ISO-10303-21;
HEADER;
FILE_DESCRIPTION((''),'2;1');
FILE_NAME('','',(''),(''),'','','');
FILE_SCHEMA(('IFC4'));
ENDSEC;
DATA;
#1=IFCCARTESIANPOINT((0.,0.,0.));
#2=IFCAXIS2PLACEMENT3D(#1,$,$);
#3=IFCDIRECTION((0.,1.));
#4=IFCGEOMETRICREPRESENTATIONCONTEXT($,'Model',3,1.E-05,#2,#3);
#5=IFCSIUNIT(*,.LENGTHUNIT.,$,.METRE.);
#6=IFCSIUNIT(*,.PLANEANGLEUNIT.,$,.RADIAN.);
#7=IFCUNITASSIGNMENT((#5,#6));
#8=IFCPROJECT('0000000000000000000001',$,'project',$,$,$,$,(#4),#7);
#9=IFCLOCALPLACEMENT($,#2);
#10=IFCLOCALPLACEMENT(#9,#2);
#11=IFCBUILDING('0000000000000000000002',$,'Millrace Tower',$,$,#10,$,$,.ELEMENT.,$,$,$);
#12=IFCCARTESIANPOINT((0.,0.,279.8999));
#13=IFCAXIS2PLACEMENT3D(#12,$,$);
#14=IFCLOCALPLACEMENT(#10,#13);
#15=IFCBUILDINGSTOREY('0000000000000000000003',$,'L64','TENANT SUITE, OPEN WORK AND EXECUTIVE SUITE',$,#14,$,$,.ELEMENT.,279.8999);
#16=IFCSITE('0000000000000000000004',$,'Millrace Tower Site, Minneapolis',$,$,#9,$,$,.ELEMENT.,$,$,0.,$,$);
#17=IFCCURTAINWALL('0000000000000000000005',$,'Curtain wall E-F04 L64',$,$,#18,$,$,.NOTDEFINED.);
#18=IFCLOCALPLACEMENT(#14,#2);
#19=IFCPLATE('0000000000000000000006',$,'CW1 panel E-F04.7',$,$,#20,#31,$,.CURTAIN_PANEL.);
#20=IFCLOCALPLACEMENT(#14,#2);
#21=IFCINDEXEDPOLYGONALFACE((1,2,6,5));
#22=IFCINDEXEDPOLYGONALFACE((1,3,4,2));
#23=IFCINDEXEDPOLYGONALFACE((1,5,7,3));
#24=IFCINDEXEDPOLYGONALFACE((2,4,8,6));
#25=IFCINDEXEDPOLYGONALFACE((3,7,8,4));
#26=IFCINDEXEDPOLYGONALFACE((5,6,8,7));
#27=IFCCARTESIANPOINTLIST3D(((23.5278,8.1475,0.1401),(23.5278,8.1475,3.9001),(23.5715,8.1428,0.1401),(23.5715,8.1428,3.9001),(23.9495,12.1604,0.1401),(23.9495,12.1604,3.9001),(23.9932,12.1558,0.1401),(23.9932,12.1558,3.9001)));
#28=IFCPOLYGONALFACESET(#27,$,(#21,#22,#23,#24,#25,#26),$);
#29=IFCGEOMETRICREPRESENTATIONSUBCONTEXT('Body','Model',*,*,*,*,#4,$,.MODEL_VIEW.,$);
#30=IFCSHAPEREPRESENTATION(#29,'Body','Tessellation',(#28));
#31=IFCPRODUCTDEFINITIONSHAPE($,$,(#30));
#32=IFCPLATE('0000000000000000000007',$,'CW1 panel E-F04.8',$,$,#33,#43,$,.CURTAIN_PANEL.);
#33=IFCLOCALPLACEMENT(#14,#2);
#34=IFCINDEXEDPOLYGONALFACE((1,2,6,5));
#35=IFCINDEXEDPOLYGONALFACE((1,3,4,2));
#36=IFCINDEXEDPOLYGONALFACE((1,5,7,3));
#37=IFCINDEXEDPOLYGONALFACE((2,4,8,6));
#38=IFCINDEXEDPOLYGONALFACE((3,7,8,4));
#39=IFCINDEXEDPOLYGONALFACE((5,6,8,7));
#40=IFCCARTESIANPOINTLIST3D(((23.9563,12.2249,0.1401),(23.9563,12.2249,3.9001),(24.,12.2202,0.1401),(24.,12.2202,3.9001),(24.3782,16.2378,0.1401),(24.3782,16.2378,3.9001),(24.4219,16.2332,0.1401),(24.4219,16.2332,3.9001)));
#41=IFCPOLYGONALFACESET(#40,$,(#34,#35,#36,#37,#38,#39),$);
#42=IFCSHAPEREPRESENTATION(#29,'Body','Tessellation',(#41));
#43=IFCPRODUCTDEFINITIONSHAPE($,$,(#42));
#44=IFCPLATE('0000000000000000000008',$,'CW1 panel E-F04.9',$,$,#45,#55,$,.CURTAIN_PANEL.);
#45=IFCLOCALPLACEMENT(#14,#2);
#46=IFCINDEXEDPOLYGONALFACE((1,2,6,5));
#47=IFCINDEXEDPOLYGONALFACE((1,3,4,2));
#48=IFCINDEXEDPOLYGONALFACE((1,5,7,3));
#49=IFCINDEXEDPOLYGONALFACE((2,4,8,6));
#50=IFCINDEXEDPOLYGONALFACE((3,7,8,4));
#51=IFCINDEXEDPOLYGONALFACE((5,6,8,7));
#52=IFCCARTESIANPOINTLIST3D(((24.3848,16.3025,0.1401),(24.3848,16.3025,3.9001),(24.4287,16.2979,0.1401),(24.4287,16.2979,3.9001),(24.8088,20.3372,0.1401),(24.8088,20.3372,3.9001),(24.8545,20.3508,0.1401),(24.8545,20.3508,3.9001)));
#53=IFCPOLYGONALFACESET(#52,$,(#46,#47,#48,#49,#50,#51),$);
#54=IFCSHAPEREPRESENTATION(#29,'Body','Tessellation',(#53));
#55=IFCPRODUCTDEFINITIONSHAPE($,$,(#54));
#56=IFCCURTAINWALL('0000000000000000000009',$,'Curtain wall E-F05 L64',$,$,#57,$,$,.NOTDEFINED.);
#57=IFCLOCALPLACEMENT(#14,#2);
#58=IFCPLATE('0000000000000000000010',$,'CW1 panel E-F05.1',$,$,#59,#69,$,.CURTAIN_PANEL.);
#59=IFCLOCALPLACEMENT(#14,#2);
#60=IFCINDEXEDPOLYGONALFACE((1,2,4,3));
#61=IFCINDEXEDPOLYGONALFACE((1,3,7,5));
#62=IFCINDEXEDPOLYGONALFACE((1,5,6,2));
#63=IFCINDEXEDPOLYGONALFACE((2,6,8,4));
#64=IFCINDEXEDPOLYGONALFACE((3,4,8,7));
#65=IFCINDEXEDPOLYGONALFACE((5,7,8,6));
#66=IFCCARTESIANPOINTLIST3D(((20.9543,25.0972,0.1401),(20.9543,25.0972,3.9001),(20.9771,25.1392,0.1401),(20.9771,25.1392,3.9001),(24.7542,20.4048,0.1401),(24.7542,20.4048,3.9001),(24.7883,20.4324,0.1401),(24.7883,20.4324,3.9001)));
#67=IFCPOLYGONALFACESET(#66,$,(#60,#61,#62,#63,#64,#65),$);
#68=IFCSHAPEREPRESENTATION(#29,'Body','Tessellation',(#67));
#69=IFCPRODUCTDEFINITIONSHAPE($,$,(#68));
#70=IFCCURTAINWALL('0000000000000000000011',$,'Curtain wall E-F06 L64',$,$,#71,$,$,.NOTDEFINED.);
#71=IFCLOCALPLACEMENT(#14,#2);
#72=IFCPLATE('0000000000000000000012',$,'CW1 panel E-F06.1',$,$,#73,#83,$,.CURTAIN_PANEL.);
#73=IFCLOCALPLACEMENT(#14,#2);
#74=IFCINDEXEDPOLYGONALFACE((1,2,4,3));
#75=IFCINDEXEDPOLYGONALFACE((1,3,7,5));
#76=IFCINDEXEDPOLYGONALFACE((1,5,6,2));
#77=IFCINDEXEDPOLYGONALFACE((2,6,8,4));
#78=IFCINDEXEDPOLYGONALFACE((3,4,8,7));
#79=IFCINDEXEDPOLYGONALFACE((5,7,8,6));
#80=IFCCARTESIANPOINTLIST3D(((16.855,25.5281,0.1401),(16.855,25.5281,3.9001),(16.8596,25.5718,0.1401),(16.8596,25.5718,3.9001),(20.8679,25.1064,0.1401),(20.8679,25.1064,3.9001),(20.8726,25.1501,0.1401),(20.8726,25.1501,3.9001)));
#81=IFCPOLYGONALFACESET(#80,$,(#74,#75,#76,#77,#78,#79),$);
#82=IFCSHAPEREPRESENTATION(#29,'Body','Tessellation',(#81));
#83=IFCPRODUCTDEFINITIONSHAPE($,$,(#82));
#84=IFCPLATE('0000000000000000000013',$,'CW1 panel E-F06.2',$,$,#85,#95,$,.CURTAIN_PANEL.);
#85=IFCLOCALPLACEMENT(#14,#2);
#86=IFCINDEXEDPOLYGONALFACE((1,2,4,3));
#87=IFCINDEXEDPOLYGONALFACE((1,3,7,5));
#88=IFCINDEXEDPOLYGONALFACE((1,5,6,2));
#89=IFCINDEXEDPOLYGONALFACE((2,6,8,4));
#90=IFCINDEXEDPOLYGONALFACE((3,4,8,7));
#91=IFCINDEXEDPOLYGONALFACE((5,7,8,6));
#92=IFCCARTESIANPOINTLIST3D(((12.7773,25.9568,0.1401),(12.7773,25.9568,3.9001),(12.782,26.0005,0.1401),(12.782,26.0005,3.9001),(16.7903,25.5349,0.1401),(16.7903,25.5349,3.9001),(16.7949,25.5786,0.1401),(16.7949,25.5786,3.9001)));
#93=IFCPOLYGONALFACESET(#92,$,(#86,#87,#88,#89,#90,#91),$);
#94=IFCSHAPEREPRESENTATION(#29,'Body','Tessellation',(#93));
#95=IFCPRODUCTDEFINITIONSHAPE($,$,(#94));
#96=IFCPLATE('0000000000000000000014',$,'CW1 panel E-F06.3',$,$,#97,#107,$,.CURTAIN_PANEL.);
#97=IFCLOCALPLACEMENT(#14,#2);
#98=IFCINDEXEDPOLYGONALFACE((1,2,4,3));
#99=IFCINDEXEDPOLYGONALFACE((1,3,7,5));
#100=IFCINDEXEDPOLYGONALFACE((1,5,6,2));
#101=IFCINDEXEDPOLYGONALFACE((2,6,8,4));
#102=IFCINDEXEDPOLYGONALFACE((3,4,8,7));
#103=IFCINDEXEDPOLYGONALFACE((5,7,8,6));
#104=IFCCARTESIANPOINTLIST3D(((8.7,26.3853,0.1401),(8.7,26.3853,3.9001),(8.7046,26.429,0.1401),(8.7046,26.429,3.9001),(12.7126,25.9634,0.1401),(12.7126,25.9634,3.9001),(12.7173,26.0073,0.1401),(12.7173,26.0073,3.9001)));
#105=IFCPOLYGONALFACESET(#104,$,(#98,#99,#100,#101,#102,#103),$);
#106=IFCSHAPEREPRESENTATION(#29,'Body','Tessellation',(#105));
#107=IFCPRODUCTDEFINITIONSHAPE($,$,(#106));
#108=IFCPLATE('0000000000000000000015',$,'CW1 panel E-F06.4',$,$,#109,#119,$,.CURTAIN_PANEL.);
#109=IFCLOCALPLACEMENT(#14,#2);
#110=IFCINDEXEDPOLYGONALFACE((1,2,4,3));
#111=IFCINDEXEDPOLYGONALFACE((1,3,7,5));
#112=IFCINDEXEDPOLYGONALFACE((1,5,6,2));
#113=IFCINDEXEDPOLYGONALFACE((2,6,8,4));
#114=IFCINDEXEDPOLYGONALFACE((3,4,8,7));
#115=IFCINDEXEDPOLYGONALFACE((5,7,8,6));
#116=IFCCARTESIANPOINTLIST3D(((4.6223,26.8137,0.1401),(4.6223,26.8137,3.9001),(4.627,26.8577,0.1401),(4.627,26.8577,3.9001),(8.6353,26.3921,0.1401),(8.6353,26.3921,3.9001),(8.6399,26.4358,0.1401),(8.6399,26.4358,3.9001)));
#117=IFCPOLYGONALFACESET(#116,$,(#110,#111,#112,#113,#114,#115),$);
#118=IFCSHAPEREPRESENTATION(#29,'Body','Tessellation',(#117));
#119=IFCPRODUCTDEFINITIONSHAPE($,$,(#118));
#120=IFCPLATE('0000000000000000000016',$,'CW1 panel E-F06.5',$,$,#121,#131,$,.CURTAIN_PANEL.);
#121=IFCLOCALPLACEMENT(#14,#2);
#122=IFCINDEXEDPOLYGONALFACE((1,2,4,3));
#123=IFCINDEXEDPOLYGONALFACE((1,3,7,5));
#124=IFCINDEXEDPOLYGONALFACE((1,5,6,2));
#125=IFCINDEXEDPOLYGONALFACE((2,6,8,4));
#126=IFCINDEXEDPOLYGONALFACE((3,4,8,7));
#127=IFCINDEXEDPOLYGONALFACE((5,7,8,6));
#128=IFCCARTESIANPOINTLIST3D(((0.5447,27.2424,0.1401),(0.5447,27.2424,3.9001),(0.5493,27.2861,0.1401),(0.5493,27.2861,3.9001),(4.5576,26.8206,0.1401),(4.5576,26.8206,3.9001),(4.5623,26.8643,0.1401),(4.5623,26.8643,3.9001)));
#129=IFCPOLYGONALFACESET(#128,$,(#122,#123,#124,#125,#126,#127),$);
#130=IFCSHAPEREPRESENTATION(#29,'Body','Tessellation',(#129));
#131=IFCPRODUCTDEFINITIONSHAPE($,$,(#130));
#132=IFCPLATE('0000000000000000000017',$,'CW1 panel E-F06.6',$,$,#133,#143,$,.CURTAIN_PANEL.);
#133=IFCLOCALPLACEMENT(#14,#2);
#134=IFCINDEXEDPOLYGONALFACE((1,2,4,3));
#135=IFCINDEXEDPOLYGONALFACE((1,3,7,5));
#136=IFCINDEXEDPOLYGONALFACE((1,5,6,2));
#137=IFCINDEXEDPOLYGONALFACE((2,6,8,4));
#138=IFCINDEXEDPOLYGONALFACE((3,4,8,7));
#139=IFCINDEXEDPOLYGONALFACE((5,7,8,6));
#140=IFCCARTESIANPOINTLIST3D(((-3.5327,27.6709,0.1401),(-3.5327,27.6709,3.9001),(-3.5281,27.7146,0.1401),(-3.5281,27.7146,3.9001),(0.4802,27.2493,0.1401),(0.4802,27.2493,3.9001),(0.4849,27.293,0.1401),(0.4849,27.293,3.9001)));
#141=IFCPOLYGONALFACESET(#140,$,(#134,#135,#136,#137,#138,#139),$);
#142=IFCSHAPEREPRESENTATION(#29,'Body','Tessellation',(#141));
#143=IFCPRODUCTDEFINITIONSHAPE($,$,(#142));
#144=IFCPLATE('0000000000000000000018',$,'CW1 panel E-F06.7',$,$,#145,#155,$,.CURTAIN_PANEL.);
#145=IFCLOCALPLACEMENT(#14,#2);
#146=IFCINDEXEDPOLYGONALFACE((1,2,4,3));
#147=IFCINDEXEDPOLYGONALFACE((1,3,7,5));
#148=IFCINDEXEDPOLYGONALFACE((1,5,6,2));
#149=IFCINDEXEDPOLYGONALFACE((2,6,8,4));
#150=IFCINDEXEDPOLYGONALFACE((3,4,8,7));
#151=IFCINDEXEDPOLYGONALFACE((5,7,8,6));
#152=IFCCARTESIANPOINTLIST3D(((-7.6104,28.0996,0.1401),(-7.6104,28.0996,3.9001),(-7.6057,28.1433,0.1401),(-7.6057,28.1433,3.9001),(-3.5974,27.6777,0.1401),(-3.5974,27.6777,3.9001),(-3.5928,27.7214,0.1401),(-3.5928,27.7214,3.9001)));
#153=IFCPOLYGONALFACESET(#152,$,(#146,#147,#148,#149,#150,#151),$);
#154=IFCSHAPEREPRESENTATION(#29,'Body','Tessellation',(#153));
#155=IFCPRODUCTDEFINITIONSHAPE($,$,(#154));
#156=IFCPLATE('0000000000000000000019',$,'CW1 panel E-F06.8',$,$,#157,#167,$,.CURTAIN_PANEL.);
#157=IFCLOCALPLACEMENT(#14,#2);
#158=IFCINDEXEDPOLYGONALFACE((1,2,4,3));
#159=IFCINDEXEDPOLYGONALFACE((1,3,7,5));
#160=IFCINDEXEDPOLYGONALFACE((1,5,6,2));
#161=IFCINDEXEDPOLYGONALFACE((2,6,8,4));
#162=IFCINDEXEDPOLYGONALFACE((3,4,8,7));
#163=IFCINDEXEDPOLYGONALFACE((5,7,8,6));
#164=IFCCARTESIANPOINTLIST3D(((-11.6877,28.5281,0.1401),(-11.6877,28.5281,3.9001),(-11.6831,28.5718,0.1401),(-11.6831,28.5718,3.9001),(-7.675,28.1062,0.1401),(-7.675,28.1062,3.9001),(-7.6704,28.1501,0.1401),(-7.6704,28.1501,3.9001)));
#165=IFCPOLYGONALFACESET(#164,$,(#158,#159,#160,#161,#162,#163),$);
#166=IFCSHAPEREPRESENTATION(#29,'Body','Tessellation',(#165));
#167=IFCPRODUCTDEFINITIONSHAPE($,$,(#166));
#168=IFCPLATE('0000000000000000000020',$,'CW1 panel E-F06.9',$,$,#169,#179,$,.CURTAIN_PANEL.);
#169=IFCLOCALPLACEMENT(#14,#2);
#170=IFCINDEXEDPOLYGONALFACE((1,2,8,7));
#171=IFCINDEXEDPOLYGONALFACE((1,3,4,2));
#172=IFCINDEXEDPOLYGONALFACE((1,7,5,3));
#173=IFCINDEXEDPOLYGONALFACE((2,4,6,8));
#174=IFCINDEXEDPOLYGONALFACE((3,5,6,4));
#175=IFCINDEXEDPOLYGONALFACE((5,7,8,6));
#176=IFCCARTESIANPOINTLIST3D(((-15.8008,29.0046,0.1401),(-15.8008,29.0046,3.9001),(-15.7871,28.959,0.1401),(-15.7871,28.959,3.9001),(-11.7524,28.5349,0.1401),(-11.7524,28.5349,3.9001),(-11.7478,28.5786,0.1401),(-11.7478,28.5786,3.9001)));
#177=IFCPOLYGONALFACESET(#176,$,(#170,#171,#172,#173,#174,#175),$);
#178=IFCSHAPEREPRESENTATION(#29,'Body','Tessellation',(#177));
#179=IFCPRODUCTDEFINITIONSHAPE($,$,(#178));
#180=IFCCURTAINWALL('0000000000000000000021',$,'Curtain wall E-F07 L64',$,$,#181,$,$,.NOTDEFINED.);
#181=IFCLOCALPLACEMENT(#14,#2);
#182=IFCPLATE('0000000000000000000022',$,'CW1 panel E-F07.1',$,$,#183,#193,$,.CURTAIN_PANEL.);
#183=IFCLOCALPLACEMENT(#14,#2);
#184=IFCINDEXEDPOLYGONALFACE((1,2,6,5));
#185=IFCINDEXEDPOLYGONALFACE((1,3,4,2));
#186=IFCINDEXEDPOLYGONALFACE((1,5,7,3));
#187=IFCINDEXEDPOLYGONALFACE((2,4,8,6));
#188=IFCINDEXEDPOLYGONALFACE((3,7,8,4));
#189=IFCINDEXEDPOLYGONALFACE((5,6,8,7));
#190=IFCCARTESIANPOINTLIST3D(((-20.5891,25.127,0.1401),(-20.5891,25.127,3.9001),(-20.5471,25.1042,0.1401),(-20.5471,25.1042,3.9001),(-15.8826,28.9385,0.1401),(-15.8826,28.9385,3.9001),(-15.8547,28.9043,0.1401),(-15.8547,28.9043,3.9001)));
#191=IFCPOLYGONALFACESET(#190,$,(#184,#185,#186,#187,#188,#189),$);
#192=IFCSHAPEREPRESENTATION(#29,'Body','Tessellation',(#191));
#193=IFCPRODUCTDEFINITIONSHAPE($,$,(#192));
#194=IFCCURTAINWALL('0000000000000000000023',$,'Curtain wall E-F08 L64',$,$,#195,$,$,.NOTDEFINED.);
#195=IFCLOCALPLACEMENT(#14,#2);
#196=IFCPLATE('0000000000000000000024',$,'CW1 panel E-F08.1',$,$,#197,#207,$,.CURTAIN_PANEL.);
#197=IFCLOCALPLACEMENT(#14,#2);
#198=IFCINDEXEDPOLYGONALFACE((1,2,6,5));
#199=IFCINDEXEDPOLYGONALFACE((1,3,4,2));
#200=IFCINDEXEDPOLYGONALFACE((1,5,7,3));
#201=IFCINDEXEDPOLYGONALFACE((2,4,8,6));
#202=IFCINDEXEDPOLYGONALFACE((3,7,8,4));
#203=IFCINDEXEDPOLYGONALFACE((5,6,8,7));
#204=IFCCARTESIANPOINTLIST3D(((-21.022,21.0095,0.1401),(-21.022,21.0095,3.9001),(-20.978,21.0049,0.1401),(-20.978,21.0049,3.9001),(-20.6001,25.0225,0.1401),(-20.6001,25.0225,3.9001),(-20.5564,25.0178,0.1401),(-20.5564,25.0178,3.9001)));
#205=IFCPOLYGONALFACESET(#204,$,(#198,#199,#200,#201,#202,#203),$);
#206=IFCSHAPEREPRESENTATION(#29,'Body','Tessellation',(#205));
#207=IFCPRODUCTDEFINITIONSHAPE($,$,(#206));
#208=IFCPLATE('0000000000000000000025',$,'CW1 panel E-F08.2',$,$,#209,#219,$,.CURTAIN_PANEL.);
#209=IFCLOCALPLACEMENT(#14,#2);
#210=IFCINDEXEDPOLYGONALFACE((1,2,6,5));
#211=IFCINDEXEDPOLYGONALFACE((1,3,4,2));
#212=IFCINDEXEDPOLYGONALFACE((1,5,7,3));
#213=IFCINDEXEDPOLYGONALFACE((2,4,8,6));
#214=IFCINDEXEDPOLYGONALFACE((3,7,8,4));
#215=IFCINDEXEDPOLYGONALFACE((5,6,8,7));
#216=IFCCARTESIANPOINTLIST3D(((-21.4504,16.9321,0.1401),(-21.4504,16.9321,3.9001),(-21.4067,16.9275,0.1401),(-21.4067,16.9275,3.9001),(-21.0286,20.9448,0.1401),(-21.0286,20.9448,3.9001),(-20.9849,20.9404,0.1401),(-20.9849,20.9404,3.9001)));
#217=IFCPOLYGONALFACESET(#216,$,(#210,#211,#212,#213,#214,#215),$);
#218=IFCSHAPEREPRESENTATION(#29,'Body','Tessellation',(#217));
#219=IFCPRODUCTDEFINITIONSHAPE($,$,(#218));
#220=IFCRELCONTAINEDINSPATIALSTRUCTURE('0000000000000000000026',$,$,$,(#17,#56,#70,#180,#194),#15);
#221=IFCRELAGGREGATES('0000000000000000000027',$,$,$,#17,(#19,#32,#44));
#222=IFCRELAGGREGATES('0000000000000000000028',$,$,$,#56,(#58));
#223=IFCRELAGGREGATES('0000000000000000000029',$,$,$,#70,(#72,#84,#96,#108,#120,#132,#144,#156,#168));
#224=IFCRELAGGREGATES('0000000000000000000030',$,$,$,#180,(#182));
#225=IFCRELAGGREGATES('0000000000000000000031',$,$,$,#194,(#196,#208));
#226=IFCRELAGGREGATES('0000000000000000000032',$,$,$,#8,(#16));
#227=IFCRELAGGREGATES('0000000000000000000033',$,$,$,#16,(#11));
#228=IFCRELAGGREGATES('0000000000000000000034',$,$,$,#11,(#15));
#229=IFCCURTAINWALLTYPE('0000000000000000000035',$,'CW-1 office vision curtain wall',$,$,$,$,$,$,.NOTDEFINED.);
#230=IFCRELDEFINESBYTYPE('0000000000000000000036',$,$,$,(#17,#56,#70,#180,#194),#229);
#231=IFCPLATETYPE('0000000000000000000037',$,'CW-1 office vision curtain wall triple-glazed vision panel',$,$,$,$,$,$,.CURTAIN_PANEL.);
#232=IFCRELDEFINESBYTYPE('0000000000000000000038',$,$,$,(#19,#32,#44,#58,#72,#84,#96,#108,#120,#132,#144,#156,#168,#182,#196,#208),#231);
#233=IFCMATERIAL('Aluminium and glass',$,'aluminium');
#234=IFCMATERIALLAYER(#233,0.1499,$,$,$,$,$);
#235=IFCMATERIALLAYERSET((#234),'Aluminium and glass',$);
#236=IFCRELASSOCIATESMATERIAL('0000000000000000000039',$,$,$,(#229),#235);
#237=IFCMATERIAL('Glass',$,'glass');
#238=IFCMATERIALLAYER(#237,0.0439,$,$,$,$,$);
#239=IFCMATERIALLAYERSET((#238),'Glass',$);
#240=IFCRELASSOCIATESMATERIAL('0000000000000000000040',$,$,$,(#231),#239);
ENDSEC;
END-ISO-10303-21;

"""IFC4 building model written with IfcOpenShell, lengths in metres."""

from ifc_helpers import new_model, si_unit, direction, frame, origin, place, context, subcontext, project, spatial, polyline, outline, extrude, material, layer, layer_set, type_object, element, aggregate, save


model = new_model("IFC4")

# Units and contexts
model_context = context("Model", 3, precision=1e-05, world=origin(), true_north=direction((0.0, 1.0)))
body_context = subcontext(model_context, "Body", "Model", "MODEL_VIEW")
ifc_project = project(units=[si_unit("LENGTHUNIT", "METRE"), si_unit("PLANEANGLEUNIT", "RADIAN")], contexts=[model_context])

# Site, building, storey
site_placement = place(None, origin())
site = spatial("IfcSite", under=ifc_project, at=site_placement, Name="Millrace Tower Site, Minneapolis", CompositionType="ELEMENT", RefElevation=0.0)
building_placement = place(site_placement, origin())
building = spatial("IfcBuilding", under=site, at=building_placement, Name="Millrace Tower", CompositionType="ELEMENT")
storey_placement = place(building_placement, frame((0.0, 0.0, 279.8999)))
storey = spatial("IfcBuildingStorey", under=building, at=storey_placement, Name="L64", Description="TENANT SUITE, OPEN WORK AND EXECUTIVE SUITE", CompositionType="ELEMENT", Elevation=279.8999)

# Curtain wall, plates
ifc_material_1 = material(Name="Aluminium and glass", Category="aluminium")
ifc_layer_1 = layer(ifc_material_1, 0.1499)
ifc_layer_set_1 = layer_set([ifc_layer_1], Name="Aluminium and glass")
curtain_wall_type = type_object("IfcCurtainWallType", Name="CW-1 office vision curtain wall", PredefinedType="NOTDEFINED", material=ifc_layer_set_1)
placement_1 = place(storey_placement, origin())
curtain_wall_1 = element("IfcCurtainWall", 1, at=placement_1, inside=storey, type_object=curtain_wall_type, Name="Curtain wall E-F04 L64", PredefinedType="NOTDEFINED")
ifc_material_2 = material(Name="Glass", Category="glass")
ifc_layer_2 = layer(ifc_material_2, 0.0439)
ifc_layer_set_2 = layer_set([ifc_layer_2], Name="Glass")
plate_type = type_object("IfcPlateType", Name="CW-1 office vision curtain wall triple-glazed vision panel", PredefinedType="CURTAIN_PANEL", material=ifc_layer_set_2)
placement_2 = place(storey_placement, frame((0.0, 0.0, 0.1401)))
plate_1 = element("IfcPlate", 2, at=placement_2, type_object=plate_type, Name="CW1 panel E-F04.7", PredefinedType="CURTAIN_PANEL", context=body_context, shape_type="SweptSolid", body=[
    extrude(outline(polyline([(23.5715, 8.1428), (23.9932, 12.1558), (23.9495, 12.1604), (23.5278, 8.1475), (23.5715, 8.1428)])), origin(), (0.0, 0.0, 1.0), 3.76),
])
plate_2 = element("IfcPlate", 3, at=placement_2, type_object=plate_type, Name="CW1 panel E-F04.8", PredefinedType="CURTAIN_PANEL", context=body_context, shape_type="SweptSolid", body=[
    extrude(outline(polyline([(24.0, 12.2202), (24.4219, 16.2332), (24.3782, 16.2378), (23.9563, 12.2249), (24.0, 12.2202)])), origin(), (0.0, 0.0, 1.0), 3.76),
])
plate_3 = element("IfcPlate", 4, at=placement_2, type_object=plate_type, Name="CW1 panel E-F04.9", PredefinedType="CURTAIN_PANEL", context=body_context, shape_type="SweptSolid", body=[
    extrude(outline(polyline([(24.4287, 16.2979), (24.8545, 20.3508), (24.8088, 20.3372), (24.3848, 16.3025), (24.4287, 16.2979)])), origin(), (0.0, 0.0, 1.0), 3.76),
])
aggregate(curtain_wall_1, [plate_1, plate_2, plate_3])

# Curtain wall, plate
curtain_wall_2 = element("IfcCurtainWall", 5, at=placement_1, inside=storey, type_object=curtain_wall_type, Name="Curtain wall E-F05 L64", PredefinedType="NOTDEFINED")
plate_4 = element("IfcPlate", 6, at=placement_2, type_object=plate_type, Name="CW1 panel E-F05.1", PredefinedType="CURTAIN_PANEL", context=body_context, shape_type="SweptSolid", body=[
    extrude(outline(polyline([(24.7883, 20.4324), (20.9771, 25.1392), (20.9543, 25.0972), (24.7542, 20.4048), (24.7883, 20.4324)])), origin(), (0.0, 0.0, 1.0), 3.76),
])
aggregate(curtain_wall_2, [plate_4])

# Curtain wall, plates
curtain_wall_3 = element("IfcCurtainWall", 7, at=placement_1, inside=storey, type_object=curtain_wall_type, Name="Curtain wall E-F06 L64", PredefinedType="NOTDEFINED")
plate_5 = element("IfcPlate", 8, at=placement_2, type_object=plate_type, Name="CW1 panel E-F06.1", PredefinedType="CURTAIN_PANEL", context=body_context, shape_type="SweptSolid", body=[
    extrude(outline(polyline([(20.8726, 25.1501), (16.8596, 25.5718), (16.855, 25.5281), (20.8679, 25.1064), (20.8726, 25.1501)])), origin(), (0.0, 0.0, 1.0), 3.76),
])
plate_6 = element("IfcPlate", 9, at=placement_2, type_object=plate_type, Name="CW1 panel E-F06.2", PredefinedType="CURTAIN_PANEL", context=body_context, shape_type="SweptSolid", body=[
    extrude(outline(polyline([(16.7949, 25.5786), (12.782, 26.0005), (12.7773, 25.9568), (16.7903, 25.5349), (16.7949, 25.5786)])), origin(), (0.0, 0.0, 1.0), 3.76),
])
plate_7 = element("IfcPlate", 10, at=placement_2, type_object=plate_type, Name="CW1 panel E-F06.3", PredefinedType="CURTAIN_PANEL", context=body_context, shape_type="SweptSolid", body=[
    extrude(outline(polyline([(12.7173, 26.0073), (8.7046, 26.429), (8.7, 26.3853), (12.7126, 25.9634), (12.7173, 26.0073)])), origin(), (0.0, 0.0, 1.0), 3.76),
])
plate_8 = element("IfcPlate", 11, at=placement_2, type_object=plate_type, Name="CW1 panel E-F06.4", PredefinedType="CURTAIN_PANEL", context=body_context, shape_type="SweptSolid", body=[
    extrude(outline(polyline([(8.6399, 26.4358), (4.627, 26.8577), (4.6223, 26.8137), (8.6353, 26.3921), (8.6399, 26.4358)])), origin(), (0.0, 0.0, 1.0), 3.76),
])
plate_9 = element("IfcPlate", 12, at=placement_2, type_object=plate_type, Name="CW1 panel E-F06.5", PredefinedType="CURTAIN_PANEL", context=body_context, shape_type="SweptSolid", body=[
    extrude(outline(polyline([(4.5623, 26.8643), (0.5493, 27.2861), (0.5447, 27.2424), (4.5576, 26.8206), (4.5623, 26.8643)])), origin(), (0.0, 0.0, 1.0), 3.76),
])
plate_10 = element("IfcPlate", 13, at=placement_2, type_object=plate_type, Name="CW1 panel E-F06.6", PredefinedType="CURTAIN_PANEL", context=body_context, shape_type="SweptSolid", body=[
    extrude(outline(polyline([(0.4849, 27.293), (-3.5281, 27.7146), (-3.5327, 27.6709), (0.4802, 27.2493), (0.4849, 27.293)])), origin(), (0.0, 0.0, 1.0), 3.76),
])
plate_11 = element("IfcPlate", 14, at=placement_2, type_object=plate_type, Name="CW1 panel E-F06.7", PredefinedType="CURTAIN_PANEL", context=body_context, shape_type="SweptSolid", body=[
    extrude(outline(polyline([(-3.5928, 27.7214), (-7.6057, 28.1433), (-7.6104, 28.0996), (-3.5974, 27.6777), (-3.5928, 27.7214)])), origin(), (0.0, 0.0, 1.0), 3.76),
])
plate_12 = element("IfcPlate", 15, at=placement_2, type_object=plate_type, Name="CW1 panel E-F06.8", PredefinedType="CURTAIN_PANEL", context=body_context, shape_type="SweptSolid", body=[
    extrude(outline(polyline([(-7.6704, 28.1501), (-11.6831, 28.5718), (-11.6877, 28.5281), (-7.675, 28.1062), (-7.6704, 28.1501)])), origin(), (0.0, 0.0, 1.0), 3.76),
])
plate_13 = element("IfcPlate", 16, at=placement_2, type_object=plate_type, Name="CW1 panel E-F06.9", PredefinedType="CURTAIN_PANEL", context=body_context, shape_type="SweptSolid", body=[
    extrude(outline(polyline([(-11.7478, 28.5786), (-15.8008, 29.0046), (-15.7871, 28.959), (-11.7524, 28.5349), (-11.7478, 28.5786)])), origin(), (0.0, 0.0, 1.0), 3.76),
])
aggregate(curtain_wall_3, [plate_5, plate_6, plate_7, plate_8, plate_9, plate_10, plate_11, plate_12, plate_13])

# Curtain wall, plate
curtain_wall_4 = element("IfcCurtainWall", 17, at=placement_1, inside=storey, type_object=curtain_wall_type, Name="Curtain wall E-F07 L64", PredefinedType="NOTDEFINED")
plate_14 = element("IfcPlate", 18, at=placement_2, type_object=plate_type, Name="CW1 panel E-F07.1", PredefinedType="CURTAIN_PANEL", context=body_context, shape_type="SweptSolid", body=[
    extrude(outline(polyline([(-15.8826, 28.9385), (-20.5891, 25.127), (-20.5471, 25.1042), (-15.8547, 28.9043), (-15.8826, 28.9385)])), origin(), (0.0, 0.0, 1.0), 3.76),
])
aggregate(curtain_wall_4, [plate_14])

# Curtain wall, plates
curtain_wall_5 = element("IfcCurtainWall", 19, at=placement_1, inside=storey, type_object=curtain_wall_type, Name="Curtain wall E-F08 L64", PredefinedType="NOTDEFINED")
plate_15 = element("IfcPlate", 20, at=placement_2, type_object=plate_type, Name="CW1 panel E-F08.1", PredefinedType="CURTAIN_PANEL", context=body_context, shape_type="SweptSolid", body=[
    extrude(outline(polyline([(-20.6001, 25.0225), (-21.022, 21.0095), (-20.978, 21.0049), (-20.5564, 25.0178), (-20.6001, 25.0225)])), origin(), (0.0, 0.0, 1.0), 3.76),
])
plate_16 = element("IfcPlate", 21, at=placement_2, type_object=plate_type, Name="CW1 panel E-F08.2", PredefinedType="CURTAIN_PANEL", context=body_context, shape_type="SweptSolid", body=[
    extrude(outline(polyline([(-21.0286, 20.9448), (-21.4504, 16.9321), (-21.4067, 16.9275), (-20.9849, 20.9404), (-21.0286, 20.9448)])), origin(), (0.0, 0.0, 1.0), 3.76),
])
aggregate(curtain_wall_5, [plate_15, plate_16])

save(model, "model.ifc")
